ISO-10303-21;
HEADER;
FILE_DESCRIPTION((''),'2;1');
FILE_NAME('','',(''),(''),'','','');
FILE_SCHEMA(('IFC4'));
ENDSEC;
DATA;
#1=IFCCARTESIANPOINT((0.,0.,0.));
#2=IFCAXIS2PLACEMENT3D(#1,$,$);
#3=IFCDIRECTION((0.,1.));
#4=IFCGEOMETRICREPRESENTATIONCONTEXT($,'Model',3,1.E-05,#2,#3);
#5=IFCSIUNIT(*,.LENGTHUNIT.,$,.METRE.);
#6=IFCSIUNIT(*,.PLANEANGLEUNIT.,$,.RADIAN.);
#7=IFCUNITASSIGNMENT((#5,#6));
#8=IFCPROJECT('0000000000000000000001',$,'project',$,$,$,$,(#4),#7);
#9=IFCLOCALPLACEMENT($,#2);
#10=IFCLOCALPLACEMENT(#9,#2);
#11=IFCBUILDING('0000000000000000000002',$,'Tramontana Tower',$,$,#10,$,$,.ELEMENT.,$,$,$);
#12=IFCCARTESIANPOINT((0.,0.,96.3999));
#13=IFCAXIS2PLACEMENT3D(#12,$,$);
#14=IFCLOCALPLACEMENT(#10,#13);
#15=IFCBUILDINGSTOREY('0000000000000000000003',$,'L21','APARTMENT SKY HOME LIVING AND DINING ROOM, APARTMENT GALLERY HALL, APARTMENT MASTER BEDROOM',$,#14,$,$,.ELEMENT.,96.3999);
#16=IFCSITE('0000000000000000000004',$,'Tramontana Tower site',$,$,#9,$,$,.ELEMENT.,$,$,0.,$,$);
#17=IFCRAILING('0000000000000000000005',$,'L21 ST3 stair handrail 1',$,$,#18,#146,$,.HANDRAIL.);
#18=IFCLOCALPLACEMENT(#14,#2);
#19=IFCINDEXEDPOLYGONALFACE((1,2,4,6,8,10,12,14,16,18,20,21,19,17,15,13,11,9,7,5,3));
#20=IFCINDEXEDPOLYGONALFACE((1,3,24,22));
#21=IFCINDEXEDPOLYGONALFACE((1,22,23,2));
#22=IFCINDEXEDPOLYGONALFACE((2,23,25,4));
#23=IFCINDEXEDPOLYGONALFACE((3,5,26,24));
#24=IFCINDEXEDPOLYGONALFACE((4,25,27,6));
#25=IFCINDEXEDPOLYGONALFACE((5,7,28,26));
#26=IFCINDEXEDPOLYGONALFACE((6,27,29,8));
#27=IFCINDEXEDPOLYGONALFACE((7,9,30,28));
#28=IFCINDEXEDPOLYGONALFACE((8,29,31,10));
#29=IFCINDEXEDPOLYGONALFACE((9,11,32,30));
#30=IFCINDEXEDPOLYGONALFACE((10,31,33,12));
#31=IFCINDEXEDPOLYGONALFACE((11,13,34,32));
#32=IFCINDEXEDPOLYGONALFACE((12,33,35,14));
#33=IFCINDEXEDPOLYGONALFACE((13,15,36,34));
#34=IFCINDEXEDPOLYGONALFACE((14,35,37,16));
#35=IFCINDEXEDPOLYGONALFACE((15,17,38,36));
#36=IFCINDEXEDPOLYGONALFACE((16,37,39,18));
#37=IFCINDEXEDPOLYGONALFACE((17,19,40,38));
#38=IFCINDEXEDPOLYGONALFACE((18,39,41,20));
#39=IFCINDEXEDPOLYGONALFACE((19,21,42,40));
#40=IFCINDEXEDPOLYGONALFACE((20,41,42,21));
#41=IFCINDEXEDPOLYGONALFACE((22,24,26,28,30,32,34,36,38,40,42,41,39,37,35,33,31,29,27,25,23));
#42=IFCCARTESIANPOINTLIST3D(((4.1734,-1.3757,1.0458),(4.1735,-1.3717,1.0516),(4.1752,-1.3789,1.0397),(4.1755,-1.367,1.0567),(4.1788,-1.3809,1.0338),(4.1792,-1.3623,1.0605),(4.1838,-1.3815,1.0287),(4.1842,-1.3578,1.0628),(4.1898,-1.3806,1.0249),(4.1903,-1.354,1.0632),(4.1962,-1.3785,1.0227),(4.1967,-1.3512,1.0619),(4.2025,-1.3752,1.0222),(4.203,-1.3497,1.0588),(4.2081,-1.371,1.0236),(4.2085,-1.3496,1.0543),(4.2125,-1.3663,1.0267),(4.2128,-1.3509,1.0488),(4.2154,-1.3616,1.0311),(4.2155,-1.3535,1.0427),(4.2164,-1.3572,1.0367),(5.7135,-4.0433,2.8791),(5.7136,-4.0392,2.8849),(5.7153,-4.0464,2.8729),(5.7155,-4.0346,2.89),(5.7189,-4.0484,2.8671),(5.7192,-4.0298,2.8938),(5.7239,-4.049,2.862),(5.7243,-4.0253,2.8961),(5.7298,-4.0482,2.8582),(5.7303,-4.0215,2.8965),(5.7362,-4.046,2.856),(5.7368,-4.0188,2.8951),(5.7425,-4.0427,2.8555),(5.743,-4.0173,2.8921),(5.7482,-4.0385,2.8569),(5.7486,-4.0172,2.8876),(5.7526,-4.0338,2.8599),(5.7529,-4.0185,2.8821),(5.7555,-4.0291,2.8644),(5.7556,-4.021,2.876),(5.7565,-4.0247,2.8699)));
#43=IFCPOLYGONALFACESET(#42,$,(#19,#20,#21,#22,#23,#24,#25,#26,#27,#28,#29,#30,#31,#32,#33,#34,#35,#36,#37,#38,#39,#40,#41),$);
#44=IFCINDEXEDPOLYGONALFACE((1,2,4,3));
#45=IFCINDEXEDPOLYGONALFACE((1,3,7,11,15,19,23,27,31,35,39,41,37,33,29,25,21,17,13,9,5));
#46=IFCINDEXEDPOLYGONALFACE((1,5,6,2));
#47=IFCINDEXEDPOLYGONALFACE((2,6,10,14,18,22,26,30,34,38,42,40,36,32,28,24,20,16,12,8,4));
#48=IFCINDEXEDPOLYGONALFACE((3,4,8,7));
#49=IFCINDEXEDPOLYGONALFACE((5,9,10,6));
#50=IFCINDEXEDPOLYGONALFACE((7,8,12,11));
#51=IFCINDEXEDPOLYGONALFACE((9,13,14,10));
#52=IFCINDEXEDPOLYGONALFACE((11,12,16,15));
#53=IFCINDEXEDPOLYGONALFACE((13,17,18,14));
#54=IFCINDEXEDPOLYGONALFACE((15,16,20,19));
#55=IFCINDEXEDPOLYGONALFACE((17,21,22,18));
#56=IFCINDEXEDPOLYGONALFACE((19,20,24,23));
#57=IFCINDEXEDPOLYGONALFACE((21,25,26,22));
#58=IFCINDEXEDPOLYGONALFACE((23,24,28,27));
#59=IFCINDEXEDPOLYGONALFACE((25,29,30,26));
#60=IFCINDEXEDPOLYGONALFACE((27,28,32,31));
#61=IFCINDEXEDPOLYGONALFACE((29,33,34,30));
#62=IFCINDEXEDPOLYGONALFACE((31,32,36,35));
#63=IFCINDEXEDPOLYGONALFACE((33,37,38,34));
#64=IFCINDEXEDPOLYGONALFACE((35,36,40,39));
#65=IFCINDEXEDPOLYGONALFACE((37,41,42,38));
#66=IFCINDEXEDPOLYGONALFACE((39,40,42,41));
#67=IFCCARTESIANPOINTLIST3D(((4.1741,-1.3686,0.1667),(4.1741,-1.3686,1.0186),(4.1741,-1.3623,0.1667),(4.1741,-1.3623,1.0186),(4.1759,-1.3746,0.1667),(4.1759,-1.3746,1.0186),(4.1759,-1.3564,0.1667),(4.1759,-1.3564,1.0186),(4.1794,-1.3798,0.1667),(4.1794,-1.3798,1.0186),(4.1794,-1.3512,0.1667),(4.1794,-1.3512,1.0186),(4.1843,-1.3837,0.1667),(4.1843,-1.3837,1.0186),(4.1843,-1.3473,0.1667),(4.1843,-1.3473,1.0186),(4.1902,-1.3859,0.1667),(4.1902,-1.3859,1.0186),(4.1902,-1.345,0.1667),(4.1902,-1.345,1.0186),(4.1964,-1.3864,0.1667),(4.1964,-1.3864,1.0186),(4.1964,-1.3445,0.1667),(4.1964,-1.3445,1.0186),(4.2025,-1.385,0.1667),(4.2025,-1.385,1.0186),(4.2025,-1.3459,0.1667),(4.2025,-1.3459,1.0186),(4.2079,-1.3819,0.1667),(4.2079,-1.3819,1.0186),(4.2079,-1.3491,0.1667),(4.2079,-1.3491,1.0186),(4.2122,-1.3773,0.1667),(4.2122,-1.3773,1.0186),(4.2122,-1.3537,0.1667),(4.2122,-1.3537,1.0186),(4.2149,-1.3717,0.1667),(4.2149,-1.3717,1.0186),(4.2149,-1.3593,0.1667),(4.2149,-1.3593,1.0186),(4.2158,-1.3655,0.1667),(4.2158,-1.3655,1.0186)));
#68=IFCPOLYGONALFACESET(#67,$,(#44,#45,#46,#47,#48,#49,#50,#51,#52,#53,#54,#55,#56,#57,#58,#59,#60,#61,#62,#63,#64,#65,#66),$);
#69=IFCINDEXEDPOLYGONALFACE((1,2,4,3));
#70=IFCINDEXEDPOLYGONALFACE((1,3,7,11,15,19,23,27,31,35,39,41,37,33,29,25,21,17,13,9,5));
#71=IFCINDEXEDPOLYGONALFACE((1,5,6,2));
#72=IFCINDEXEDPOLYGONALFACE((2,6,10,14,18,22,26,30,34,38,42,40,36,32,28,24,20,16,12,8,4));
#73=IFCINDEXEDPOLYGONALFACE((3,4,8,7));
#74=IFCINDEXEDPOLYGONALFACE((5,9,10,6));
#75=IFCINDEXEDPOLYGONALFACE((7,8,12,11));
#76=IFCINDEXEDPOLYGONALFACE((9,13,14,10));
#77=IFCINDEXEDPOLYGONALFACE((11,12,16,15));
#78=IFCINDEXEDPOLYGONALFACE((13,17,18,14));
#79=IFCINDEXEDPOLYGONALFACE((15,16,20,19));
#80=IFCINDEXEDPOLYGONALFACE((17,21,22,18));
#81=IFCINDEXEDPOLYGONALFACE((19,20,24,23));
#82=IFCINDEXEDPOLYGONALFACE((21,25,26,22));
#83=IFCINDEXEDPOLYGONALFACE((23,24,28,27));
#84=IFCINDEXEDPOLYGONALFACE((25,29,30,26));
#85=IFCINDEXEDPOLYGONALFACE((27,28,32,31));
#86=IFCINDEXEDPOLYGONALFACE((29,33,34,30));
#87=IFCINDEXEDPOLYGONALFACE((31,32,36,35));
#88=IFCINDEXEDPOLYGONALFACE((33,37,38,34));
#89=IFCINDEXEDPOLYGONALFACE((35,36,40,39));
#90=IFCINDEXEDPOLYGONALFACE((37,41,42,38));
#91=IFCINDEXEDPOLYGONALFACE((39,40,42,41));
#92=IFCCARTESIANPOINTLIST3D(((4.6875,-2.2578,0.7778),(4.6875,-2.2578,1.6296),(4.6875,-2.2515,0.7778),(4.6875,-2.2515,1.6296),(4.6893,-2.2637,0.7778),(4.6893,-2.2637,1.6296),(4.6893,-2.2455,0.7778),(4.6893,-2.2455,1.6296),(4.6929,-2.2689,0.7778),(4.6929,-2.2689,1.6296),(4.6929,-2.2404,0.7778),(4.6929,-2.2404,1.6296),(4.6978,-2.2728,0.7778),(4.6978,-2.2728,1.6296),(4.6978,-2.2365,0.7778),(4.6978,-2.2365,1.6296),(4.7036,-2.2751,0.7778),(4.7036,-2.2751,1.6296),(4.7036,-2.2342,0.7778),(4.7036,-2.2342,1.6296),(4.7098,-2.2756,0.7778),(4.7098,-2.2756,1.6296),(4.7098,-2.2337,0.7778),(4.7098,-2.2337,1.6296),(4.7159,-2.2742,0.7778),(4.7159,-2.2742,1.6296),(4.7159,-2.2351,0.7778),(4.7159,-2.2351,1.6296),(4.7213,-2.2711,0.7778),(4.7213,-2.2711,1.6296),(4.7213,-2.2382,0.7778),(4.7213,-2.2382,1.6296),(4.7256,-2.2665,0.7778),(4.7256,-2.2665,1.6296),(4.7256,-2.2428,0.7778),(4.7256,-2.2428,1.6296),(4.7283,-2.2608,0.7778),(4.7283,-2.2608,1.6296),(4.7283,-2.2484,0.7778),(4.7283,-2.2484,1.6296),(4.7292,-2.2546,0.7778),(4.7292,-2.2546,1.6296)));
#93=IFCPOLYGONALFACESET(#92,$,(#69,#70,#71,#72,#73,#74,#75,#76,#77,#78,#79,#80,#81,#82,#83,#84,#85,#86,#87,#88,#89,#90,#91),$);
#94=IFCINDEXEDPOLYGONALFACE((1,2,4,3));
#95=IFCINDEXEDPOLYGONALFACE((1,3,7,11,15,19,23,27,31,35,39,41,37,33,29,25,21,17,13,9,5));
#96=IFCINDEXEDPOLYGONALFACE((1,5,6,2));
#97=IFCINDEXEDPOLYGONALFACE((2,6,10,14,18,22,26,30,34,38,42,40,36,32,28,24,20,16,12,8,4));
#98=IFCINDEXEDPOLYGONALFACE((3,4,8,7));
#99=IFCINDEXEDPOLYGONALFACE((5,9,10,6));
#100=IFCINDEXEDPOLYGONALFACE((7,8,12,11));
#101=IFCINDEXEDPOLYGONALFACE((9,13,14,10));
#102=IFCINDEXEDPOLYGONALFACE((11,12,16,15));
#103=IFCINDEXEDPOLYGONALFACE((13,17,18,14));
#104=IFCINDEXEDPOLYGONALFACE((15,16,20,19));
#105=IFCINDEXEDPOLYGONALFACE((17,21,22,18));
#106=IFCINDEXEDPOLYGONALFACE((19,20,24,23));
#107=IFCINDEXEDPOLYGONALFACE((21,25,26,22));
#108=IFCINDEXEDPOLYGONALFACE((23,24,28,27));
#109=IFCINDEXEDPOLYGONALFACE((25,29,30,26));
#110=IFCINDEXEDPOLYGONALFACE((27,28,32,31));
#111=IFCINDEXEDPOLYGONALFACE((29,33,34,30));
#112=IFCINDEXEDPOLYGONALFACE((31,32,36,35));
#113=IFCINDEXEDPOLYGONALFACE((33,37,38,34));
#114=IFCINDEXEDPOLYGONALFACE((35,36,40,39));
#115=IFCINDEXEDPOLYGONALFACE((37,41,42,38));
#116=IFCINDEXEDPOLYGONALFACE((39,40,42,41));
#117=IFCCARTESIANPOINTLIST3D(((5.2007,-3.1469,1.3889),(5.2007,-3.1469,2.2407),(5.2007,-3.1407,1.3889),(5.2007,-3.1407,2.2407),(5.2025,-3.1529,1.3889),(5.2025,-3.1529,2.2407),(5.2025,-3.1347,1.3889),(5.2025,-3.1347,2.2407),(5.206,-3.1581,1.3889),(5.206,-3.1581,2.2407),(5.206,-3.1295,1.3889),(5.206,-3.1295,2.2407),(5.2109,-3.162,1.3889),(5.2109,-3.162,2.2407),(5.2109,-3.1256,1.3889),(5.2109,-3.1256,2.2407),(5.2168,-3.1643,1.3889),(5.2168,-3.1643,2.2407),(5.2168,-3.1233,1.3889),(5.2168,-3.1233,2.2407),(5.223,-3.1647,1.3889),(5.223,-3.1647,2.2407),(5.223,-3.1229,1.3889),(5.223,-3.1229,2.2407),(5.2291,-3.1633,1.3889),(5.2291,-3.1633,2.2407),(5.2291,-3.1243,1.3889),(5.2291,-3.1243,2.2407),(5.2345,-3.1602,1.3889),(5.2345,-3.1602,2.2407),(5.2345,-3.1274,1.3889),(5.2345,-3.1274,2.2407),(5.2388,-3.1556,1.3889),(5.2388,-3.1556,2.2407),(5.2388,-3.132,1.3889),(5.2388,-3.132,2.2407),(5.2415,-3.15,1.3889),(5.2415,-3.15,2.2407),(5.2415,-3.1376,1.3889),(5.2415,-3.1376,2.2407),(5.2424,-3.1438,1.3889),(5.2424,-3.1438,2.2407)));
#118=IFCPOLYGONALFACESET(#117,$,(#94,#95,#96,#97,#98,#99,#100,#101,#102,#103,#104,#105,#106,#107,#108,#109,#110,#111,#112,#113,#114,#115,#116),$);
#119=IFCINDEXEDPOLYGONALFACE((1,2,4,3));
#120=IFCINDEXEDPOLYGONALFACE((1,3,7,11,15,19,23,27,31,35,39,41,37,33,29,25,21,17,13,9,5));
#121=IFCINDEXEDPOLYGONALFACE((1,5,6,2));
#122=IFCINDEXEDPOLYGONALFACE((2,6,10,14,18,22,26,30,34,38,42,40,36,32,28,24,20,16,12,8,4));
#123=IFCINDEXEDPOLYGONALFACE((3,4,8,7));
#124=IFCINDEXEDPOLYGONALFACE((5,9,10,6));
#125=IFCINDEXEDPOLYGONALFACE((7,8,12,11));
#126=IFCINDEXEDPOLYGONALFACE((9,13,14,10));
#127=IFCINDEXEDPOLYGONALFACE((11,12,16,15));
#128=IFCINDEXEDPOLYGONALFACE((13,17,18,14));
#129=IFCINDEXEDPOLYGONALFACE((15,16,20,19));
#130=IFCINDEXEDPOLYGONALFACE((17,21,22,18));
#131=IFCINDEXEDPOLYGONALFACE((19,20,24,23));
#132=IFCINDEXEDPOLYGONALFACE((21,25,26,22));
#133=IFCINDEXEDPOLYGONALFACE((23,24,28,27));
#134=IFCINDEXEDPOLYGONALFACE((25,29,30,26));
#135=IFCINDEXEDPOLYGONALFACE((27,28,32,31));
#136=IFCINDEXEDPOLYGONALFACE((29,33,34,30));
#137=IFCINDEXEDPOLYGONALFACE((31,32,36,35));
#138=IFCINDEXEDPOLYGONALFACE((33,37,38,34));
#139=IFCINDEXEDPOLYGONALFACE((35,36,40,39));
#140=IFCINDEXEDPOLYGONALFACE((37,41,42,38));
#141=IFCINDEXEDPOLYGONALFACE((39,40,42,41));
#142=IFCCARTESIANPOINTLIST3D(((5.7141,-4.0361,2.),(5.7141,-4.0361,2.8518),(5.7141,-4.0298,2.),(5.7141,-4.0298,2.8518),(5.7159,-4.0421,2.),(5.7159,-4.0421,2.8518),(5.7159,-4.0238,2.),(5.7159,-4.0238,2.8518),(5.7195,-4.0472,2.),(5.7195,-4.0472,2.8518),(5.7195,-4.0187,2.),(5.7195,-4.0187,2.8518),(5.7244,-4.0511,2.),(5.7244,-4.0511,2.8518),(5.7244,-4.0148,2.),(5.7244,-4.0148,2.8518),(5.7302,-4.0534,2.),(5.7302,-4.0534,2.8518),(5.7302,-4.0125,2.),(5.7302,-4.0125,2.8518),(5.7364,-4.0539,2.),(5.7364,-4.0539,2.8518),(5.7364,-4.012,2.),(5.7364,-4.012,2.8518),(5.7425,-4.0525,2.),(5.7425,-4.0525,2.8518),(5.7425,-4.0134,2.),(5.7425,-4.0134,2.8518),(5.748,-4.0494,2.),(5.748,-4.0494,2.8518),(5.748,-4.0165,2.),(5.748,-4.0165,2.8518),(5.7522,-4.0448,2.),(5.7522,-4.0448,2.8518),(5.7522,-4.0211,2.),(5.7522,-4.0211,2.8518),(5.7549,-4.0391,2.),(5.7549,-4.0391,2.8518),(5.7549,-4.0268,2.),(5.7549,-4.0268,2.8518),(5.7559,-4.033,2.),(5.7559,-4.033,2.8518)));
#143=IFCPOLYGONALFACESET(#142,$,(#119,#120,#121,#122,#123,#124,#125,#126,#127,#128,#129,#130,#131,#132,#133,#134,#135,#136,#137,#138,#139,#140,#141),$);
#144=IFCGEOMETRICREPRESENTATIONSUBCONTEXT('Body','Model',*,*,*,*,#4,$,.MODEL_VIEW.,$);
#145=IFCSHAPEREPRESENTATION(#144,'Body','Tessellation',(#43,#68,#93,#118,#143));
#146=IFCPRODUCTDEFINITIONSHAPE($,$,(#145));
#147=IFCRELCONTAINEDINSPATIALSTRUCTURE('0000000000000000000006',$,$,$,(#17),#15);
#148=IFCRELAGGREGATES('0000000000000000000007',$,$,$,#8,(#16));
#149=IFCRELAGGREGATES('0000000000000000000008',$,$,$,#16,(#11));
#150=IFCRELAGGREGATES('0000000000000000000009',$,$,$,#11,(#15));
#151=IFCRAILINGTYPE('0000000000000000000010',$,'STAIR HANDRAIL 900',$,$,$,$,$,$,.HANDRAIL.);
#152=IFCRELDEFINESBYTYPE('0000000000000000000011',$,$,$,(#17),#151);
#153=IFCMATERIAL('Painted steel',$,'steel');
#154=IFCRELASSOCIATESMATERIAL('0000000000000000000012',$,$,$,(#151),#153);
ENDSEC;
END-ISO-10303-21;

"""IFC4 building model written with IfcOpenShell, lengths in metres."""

from ifc_helpers import new_model, si_unit, direction, frame, origin, origin_2d, place, context, subcontext, project, spatial, circle, extrude, material, type_object, element, save


model = new_model("IFC4")

# Units and contexts
model_context = context("Model", 3, precision=1e-05, world=origin(), true_north=direction((0.0, 1.0)))
body_context = subcontext(model_context, "Body", "Model", "MODEL_VIEW")
ifc_project = project(units=[si_unit("LENGTHUNIT", "METRE"), si_unit("PLANEANGLEUNIT", "RADIAN")], contexts=[model_context])

# Site, building, storey
site_placement = place(None, origin())
site = spatial("IfcSite", under=ifc_project, at=site_placement, Name="Tramontana Tower site", CompositionType="ELEMENT", RefElevation=0.0)
building_placement = place(site_placement, origin())
building = spatial("IfcBuilding", under=site, at=building_placement, Name="Tramontana Tower", CompositionType="ELEMENT")
storey_placement = place(building_placement, frame((0.0, 0.0, 96.3999)))
storey = spatial("IfcBuildingStorey", under=building, at=storey_placement, Name="L21", Description="APARTMENT SKY HOME LIVING AND DINING ROOM, APARTMENT GALLERY HALL, APARTMENT MASTER BEDROOM", CompositionType="ELEMENT", Elevation=96.3999)

# Railing
ifc_material_1 = material(Name="Painted steel", Category="steel")
railing_type_1 = type_object("IfcRailingType", Name="STAIR HANDRAIL 900", PredefinedType="HANDRAIL", material=ifc_material_1)
railing_1_placement = place(storey_placement, frame((4.1948, -1.3655, 0.1667)))
element("IfcRailing", 1, at=railing_1_placement, inside=storey, type_object=railing_type_1, Name="L21 ST3 stair handrail 1", PredefinedType="HANDRAIL", context=body_context, shape_type="SweptSolid", body=[
    extrude(circle(Radius=0.0239, at=origin_2d()), frame((0.0, 0.0, 0.876), z_axis=(0.429649, -0.74419, 0.511452), x_axis=(0.86603, 0.499992, 0.0)), (0.0, 0.0, 1.0), 3.5845),
    extrude(circle(Radius=0.021, at=origin_2d()), origin(), (0.0, 0.0, 1.0), 0.8518),
    extrude(circle(Radius=0.021, at=origin_2d()), frame((0.5134, -0.8892, 0.6111)), (0.0, 0.0, 1.0), 0.8518),
    extrude(circle(Radius=0.021, at=origin_2d()), frame((1.0266, -1.7783, 1.2222)), (0.0, 0.0, 1.0), 0.8518),
    extrude(circle(Radius=0.021, at=origin_2d()), frame((1.54, -2.6675, 1.8333)), (0.0, 0.0, 1.0), 0.8518),
])

save(model, "model.ifc")
